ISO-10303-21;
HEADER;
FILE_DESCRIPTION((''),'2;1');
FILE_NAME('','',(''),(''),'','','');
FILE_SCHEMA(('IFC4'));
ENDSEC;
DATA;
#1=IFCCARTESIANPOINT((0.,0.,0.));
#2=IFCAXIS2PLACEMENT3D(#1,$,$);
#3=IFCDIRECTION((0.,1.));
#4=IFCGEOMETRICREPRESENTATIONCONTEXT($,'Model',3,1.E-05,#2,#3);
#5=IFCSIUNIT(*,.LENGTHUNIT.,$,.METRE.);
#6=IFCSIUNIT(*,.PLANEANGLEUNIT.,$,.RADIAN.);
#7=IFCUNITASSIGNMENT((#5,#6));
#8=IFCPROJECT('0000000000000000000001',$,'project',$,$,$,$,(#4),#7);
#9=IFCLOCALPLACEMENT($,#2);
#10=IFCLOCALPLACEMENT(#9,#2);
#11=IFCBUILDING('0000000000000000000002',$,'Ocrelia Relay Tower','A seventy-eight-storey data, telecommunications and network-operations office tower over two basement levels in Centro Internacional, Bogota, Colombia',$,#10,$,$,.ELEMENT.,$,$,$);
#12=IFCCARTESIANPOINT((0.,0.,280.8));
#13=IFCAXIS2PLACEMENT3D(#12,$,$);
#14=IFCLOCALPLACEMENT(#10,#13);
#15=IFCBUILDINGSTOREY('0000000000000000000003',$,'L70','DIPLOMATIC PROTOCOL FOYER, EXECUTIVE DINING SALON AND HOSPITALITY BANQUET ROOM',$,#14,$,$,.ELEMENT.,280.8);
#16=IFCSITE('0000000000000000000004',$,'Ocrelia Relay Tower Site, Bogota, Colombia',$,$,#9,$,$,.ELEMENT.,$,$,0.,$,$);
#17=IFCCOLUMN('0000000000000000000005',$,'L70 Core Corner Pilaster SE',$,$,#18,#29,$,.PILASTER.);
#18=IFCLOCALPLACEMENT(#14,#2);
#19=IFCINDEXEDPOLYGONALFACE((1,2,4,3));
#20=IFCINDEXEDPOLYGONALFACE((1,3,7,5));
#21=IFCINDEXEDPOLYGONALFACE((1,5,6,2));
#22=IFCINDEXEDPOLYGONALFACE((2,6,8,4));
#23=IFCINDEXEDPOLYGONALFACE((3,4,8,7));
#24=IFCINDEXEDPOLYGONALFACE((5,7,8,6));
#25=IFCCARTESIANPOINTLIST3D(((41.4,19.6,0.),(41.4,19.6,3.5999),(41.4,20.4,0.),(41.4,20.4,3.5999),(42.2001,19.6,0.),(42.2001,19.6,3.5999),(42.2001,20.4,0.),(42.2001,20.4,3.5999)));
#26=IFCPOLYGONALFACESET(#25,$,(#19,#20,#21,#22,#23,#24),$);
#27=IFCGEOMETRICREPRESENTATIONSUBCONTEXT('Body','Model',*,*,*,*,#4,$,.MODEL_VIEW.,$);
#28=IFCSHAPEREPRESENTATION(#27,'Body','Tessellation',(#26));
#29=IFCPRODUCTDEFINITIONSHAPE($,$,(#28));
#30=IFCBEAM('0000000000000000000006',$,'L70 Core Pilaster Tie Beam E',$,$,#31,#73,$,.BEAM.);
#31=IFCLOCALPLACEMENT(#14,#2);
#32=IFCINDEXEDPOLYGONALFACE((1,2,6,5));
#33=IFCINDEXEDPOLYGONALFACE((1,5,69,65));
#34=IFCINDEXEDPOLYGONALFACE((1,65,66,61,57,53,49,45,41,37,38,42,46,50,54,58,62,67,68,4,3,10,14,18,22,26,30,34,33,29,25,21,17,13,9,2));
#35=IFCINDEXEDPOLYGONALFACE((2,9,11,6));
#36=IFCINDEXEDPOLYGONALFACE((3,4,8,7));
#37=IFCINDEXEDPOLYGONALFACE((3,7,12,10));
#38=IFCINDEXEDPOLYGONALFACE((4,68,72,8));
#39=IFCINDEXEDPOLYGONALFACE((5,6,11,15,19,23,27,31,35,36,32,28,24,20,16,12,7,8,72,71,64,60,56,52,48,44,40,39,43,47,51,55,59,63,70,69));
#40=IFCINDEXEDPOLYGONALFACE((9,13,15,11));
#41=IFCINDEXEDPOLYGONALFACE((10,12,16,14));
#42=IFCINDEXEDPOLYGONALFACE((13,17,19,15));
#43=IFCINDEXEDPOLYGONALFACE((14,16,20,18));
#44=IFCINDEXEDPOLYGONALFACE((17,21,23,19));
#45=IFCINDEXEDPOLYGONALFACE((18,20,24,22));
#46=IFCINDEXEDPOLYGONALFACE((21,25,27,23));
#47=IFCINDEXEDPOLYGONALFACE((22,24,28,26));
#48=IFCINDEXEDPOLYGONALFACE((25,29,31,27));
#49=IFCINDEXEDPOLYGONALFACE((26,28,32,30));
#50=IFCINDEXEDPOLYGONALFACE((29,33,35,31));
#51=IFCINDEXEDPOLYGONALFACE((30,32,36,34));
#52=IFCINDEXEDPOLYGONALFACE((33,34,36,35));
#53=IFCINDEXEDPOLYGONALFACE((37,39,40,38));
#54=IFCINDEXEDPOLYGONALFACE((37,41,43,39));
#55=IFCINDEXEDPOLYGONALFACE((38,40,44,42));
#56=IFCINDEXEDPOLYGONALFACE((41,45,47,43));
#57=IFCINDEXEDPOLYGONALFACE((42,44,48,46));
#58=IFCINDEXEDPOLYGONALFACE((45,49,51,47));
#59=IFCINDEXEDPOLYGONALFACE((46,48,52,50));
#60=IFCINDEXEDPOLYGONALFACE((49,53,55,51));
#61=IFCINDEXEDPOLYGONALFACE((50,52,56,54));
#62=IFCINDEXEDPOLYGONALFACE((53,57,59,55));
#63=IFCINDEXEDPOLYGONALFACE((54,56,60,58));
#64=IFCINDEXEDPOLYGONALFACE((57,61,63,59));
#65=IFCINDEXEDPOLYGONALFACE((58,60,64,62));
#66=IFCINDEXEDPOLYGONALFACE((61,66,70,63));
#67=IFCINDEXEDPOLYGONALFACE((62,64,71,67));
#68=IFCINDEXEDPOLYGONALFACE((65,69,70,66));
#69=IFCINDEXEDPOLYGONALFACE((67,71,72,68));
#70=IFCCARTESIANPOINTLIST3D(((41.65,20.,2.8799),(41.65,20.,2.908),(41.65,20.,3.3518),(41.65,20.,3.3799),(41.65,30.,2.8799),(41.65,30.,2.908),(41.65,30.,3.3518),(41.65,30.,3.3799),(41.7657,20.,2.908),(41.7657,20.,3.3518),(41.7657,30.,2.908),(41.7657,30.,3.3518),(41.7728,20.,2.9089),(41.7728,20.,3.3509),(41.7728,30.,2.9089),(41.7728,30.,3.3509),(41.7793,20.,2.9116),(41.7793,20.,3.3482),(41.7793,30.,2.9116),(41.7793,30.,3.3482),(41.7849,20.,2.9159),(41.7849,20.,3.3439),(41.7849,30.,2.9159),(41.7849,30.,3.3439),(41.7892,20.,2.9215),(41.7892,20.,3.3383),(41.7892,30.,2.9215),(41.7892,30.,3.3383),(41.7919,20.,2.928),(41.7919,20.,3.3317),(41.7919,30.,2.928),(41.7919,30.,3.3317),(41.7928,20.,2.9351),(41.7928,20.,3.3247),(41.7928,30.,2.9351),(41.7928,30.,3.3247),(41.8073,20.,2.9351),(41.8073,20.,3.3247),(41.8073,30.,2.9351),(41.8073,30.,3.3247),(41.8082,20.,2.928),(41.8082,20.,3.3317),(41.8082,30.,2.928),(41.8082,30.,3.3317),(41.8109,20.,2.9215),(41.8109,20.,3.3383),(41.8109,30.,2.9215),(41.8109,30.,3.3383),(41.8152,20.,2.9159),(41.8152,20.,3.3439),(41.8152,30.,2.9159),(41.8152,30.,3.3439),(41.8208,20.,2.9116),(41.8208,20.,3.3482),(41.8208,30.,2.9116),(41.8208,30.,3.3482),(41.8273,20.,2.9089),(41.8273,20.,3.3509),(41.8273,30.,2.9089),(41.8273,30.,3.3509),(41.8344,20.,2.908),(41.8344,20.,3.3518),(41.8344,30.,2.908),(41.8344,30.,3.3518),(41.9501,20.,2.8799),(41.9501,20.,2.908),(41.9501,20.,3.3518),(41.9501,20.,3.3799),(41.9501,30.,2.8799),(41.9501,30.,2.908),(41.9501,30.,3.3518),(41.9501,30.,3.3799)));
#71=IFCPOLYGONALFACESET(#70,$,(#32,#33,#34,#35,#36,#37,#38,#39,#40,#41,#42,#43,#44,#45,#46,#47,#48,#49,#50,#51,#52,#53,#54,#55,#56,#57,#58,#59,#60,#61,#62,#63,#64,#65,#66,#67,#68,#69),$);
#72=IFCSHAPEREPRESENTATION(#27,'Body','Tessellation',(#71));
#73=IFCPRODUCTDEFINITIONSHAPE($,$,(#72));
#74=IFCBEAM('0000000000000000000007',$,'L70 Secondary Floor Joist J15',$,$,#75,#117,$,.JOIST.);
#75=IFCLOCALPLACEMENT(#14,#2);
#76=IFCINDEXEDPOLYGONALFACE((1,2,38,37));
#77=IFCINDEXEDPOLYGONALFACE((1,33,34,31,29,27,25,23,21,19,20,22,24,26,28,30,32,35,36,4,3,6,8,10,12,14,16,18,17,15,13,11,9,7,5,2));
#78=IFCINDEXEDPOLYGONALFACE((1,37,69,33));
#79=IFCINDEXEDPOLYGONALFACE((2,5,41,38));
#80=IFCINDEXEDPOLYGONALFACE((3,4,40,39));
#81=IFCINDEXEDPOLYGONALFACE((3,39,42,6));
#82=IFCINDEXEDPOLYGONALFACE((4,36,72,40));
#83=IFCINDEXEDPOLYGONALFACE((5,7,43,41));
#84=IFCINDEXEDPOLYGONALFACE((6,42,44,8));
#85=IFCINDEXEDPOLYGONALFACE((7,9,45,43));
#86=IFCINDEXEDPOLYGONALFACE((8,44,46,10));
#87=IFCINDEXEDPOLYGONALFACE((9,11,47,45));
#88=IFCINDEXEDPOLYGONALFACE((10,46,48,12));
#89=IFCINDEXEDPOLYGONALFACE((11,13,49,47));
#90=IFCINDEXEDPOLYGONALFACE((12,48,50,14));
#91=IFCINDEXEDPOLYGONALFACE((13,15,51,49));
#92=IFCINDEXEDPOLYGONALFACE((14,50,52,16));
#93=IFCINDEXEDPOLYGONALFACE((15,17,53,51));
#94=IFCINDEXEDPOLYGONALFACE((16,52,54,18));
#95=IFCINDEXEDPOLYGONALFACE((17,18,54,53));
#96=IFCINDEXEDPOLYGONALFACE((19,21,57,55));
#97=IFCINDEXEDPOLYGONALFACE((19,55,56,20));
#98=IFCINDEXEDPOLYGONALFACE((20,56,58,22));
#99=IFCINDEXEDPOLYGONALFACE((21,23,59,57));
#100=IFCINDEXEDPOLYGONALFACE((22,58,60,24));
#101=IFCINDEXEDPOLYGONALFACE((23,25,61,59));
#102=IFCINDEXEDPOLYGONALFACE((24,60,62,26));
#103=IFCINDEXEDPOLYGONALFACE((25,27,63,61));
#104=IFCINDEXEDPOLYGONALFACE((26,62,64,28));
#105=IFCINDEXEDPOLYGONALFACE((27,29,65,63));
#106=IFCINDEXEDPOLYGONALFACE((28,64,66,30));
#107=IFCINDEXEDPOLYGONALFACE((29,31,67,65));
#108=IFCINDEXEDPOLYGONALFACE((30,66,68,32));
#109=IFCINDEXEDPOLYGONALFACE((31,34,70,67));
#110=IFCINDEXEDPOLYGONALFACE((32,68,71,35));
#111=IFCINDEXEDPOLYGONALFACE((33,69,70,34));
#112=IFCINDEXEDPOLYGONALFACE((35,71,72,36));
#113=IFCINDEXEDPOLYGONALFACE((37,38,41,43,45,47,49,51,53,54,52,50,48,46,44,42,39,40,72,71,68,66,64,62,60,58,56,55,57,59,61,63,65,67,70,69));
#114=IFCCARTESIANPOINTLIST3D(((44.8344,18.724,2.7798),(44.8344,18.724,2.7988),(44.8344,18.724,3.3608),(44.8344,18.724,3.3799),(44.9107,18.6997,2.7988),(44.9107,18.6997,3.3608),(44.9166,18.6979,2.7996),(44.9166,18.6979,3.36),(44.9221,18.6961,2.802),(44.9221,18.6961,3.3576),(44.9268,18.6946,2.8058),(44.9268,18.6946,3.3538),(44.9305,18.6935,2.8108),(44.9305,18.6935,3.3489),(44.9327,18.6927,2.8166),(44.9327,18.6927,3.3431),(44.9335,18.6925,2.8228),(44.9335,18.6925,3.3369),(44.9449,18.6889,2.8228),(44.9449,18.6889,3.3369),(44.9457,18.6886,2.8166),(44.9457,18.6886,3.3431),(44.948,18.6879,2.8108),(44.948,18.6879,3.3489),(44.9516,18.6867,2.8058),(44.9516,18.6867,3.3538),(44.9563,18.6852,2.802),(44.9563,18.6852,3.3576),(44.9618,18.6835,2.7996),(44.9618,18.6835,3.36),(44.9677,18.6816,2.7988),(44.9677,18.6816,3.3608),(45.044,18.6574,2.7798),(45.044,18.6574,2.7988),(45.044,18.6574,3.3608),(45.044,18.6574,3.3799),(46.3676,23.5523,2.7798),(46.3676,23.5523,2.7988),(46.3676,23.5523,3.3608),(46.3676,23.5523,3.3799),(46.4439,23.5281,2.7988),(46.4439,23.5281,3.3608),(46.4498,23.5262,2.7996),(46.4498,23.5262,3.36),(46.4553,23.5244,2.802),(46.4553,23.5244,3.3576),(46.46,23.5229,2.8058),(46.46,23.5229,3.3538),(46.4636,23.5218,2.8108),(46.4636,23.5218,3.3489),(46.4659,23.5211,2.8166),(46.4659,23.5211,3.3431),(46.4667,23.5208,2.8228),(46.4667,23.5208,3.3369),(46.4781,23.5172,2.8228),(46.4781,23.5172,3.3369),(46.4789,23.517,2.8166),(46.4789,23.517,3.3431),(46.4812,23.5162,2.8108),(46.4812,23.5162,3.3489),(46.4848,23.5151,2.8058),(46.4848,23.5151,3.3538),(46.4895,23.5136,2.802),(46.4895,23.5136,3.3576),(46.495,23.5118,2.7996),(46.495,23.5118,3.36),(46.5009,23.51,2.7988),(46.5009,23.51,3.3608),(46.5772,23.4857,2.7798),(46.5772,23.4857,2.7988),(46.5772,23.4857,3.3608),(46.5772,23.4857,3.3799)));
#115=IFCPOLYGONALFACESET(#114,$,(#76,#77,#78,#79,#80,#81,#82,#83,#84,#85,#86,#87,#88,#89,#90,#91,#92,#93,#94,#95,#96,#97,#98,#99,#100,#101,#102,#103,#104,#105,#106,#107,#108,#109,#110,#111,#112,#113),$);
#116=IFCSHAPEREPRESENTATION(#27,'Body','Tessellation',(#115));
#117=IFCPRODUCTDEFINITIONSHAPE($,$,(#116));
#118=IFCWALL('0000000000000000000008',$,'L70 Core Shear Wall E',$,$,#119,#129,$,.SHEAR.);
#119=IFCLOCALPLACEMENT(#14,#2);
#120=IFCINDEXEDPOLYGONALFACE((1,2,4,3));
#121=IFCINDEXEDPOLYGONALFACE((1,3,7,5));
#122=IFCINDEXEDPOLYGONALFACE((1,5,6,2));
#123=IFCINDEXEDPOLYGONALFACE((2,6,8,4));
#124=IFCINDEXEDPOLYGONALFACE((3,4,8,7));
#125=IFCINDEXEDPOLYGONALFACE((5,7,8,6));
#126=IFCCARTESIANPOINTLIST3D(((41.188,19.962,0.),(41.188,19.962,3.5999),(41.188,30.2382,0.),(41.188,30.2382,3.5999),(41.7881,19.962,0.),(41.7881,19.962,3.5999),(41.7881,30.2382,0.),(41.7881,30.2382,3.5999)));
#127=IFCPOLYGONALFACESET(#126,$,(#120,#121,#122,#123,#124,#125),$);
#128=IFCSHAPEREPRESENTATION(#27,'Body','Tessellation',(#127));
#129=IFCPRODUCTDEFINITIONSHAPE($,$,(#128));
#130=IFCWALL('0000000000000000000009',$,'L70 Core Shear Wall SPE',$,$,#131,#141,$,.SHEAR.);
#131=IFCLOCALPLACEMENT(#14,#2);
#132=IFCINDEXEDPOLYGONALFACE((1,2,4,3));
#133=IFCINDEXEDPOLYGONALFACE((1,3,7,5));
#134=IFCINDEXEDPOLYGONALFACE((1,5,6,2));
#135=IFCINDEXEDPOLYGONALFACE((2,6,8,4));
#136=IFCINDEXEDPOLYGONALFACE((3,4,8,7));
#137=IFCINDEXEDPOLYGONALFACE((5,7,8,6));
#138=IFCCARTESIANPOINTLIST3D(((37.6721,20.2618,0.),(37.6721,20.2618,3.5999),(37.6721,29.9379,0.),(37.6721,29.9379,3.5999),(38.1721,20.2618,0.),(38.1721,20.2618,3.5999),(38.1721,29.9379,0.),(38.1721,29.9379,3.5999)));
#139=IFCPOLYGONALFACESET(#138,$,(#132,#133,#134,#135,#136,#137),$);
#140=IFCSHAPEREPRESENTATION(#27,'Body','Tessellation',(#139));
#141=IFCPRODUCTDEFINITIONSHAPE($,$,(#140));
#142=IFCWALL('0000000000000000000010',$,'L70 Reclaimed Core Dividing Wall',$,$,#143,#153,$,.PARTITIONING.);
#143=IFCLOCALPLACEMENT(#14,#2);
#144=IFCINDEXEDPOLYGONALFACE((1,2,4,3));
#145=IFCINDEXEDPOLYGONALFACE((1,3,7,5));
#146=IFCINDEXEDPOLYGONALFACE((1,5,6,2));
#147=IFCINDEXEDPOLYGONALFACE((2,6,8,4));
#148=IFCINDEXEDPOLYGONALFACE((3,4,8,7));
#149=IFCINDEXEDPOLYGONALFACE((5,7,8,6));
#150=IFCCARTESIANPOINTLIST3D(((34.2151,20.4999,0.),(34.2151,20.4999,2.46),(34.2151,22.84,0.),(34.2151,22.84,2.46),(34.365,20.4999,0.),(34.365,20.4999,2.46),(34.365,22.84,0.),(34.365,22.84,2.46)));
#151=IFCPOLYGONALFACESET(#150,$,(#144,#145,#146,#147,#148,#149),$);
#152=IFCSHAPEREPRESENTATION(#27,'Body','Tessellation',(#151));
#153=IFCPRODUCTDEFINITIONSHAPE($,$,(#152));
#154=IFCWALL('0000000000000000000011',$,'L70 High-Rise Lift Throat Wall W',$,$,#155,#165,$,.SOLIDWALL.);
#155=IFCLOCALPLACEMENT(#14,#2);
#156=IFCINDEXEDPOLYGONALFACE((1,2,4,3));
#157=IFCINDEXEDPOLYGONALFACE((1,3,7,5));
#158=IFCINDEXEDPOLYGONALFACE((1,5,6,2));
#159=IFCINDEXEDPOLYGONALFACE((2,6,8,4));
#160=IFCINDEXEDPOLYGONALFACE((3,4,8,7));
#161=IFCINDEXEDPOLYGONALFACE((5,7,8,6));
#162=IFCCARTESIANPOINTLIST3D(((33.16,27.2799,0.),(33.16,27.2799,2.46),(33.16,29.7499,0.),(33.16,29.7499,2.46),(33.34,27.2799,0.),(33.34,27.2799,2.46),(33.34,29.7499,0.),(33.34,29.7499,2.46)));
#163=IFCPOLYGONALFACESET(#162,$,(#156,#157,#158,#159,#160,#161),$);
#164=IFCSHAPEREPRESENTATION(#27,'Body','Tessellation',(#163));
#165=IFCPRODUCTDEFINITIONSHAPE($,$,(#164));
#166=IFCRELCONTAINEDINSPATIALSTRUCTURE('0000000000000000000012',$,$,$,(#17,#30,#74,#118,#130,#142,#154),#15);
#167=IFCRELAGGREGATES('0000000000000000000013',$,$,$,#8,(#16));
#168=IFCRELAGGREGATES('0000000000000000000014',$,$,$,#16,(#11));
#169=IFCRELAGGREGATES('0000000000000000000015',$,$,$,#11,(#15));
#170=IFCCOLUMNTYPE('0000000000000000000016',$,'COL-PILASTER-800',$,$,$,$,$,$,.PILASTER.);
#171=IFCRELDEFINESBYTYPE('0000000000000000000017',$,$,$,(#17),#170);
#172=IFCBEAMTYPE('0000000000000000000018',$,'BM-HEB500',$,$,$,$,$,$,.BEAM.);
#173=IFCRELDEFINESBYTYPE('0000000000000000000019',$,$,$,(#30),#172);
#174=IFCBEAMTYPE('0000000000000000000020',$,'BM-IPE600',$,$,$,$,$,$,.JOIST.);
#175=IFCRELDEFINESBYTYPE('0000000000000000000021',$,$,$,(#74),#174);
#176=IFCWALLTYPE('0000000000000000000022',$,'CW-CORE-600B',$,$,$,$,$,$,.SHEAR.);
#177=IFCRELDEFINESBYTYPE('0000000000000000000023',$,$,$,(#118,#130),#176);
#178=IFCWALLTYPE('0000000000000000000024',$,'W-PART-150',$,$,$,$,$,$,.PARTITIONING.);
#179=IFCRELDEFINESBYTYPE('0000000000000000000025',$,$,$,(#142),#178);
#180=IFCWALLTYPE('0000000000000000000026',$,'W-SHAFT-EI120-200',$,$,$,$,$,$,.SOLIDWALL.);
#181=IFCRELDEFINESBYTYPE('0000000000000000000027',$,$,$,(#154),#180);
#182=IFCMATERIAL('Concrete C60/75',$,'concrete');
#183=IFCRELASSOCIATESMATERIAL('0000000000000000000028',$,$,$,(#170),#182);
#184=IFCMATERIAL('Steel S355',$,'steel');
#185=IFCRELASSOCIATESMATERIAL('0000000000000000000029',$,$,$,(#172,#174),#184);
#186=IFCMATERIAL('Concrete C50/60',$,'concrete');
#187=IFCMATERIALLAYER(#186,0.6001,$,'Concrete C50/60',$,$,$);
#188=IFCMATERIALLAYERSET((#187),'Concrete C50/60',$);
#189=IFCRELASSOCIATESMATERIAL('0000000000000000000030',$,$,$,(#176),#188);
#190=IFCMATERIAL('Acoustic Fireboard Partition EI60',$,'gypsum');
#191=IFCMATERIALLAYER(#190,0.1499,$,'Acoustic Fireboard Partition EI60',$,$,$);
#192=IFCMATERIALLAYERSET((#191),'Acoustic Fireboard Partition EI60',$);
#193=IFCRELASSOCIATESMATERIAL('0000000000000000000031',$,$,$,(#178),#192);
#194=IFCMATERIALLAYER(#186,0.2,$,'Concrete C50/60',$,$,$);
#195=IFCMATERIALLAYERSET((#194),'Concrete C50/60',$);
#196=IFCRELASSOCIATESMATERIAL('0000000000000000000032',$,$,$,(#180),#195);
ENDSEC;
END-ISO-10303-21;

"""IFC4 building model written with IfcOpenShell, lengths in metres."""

from ifc_helpers import new_model, si_unit, direction, frame, frame_2d, origin, origin_2d, place, context, subcontext, project, spatial, rectangle, i_section, extrude, material, layer, layer_set, material_profile, profile_set, type_object, element, save


model = new_model("IFC4")

# Units and contexts
model_context = context("Model", 3, precision=1e-05, world=origin(), true_north=direction((0.0, 1.0)))
body_context = subcontext(model_context, "Body", "Model", "MODEL_VIEW")
ifc_project = project(units=[si_unit("LENGTHUNIT", "METRE"), si_unit("PLANEANGLEUNIT", "RADIAN")], contexts=[model_context])

# Site, building, storey
site_placement = place(None, origin())
site = spatial("IfcSite", under=ifc_project, at=site_placement, Name="Ocrelia Relay Tower Site, Bogota, Colombia", CompositionType="ELEMENT", RefElevation=0.0)
building_placement = place(site_placement, origin())
building = spatial("IfcBuilding", under=site, at=building_placement, Name="Ocrelia Relay Tower", Description="A seventy-eight-storey data, telecommunications and network-operations office tower over two basement levels in Centro Internacional, Bogota, Colombia", CompositionType="ELEMENT")
storey_placement = place(building_placement, frame((0.0, 0.0, 280.8)))
storey = spatial("IfcBuildingStorey", under=building, at=storey_placement, Name="L70", Description="DIPLOMATIC PROTOCOL FOYER, EXECUTIVE DINING SALON AND HOSPITALITY BANQUET ROOM", CompositionType="ELEMENT", Elevation=280.8)

# Column
ifc_material_1 = material(Name="Concrete C60/75", Category="concrete")
ifc_material_profile_1 = material_profile(ifc_material_1, rectangle(XDim=0.8, YDim=0.8, at=origin_2d()), Name="RC-COL-800x800")
ifc_profile_set_1 = profile_set([ifc_material_profile_1], Name="Concrete C60/75")
column_type = type_object("IfcColumnType", Name="COL-PILASTER-800", PredefinedType="PILASTER", material=ifc_profile_set_1)
column_placement = place(storey_placement, frame((41.8, 20.0, 0.0), z_axis=(0.0, 0.0, 1.0), x_axis=(1.0, 0.0, 0.0)))
element("IfcColumn", 1, at=column_placement, inside=storey, type_object=column_type, Name="L70 Core Corner Pilaster SE", PredefinedType="PILASTER", context=body_context, shape_type="SweptSolid", body=[
    extrude(rectangle(XDim=0.8, YDim=0.8, at=origin_2d()), origin(), (0.0, 0.0, 1.0), 3.5999),
])

# Beams
ifc_material_2 = material(Name="Steel S355", Category="steel")
ifc_material_profile_2 = material_profile(ifc_material_2, i_section(OverallWidth=0.3, OverallDepth=0.5, WebThickness=0.0144, FlangeThickness=0.0281, FilletRadius=0.0271, at=origin_2d()), Name="HEB 500")
ifc_profile_set_2 = profile_set([ifc_material_profile_2], Name="Steel S355")
beam_type_1 = type_object("IfcBeamType", Name="BM-HEB500", PredefinedType="BEAM", material=ifc_profile_set_2)
beam_1_placement = place(storey_placement, frame((41.8, 20.0, 3.1299), z_axis=(0.0, 1.0, 0.0), x_axis=(-1.0, 0.0, 0.0)))
element("IfcBeam", 2, at=beam_1_placement, inside=storey, type_object=beam_type_1, Name="L70 Core Pilaster Tie Beam E", PredefinedType="BEAM", context=body_context, shape_type="SweptSolid", body=[
    extrude(i_section(OverallWidth=0.3, OverallDepth=0.5, WebThickness=0.0144, FlangeThickness=0.0281, FilletRadius=0.0271, at=origin_2d()), origin(), (0.0, 0.0, 1.0), 10.0),
])
ifc_material_profile_3 = material_profile(ifc_material_2, i_section(OverallWidth=0.22, OverallDepth=0.6001, WebThickness=0.012, FlangeThickness=0.019, FilletRadius=0.0239, at=origin_2d()), Name="IPE 600")
ifc_profile_set_3 = profile_set([ifc_material_profile_3], Name="Steel S355")
beam_type_2 = type_object("IfcBeamType", Name="BM-IPE600", PredefinedType="JOIST", material=ifc_profile_set_3)
beam_2_placement = place(storey_placement, frame((44.9392, 18.6907, 3.0798), z_axis=(0.302649, 0.953102, 0.0), x_axis=(-0.953102, 0.302649, 0.0)))
element("IfcBeam", 3, at=beam_2_placement, inside=storey, type_object=beam_type_2, Name="L70 Secondary Floor Joist J15", PredefinedType="JOIST", context=body_context, shape_type="SweptSolid", body=[
    extrude(i_section(OverallWidth=0.22, OverallDepth=0.6001, WebThickness=0.012, FlangeThickness=0.019, FilletRadius=0.0239, at=origin_2d()), origin(), (0.0, 0.0, 1.0), 5.0659),
])

# Walls
ifc_material_3 = material(Name="Concrete C50/60", Category="concrete")
ifc_layer_1 = layer(ifc_material_3, 0.6001, Name="Concrete C50/60")
ifc_layer_set_1 = layer_set([ifc_layer_1], Name="Concrete C50/60")
wall_type_1 = type_object("IfcWallType", Name="CW-CORE-600B", PredefinedType="SHEAR", material=ifc_layer_set_1)
wall_1_placement = place(storey_placement, frame((41.488, 19.9619, 0.0), z_axis=(0.0, 0.0, 1.0), x_axis=(0.0, 1.0, 0.0)))
element("IfcWall", 4, at=wall_1_placement, inside=storey, type_object=wall_type_1, Name="L70 Core Shear Wall E", PredefinedType="SHEAR", context=body_context, shape_type="SweptSolid", body=[
    extrude(rectangle(XDim=10.2761, YDim=0.6001, at=frame_2d((5.1382, 0.0))), origin(), (0.0, 0.0, 1.0), 3.5999),
])
wall_2_placement = place(storey_placement, frame((37.9221, 20.262, 0.0), z_axis=(0.0, 0.0, 1.0), x_axis=(0.0, 1.0, 0.0)))
element("IfcWall", 5, at=wall_2_placement, inside=storey, type_object=wall_type_1, Name="L70 Core Shear Wall SPE", PredefinedType="SHEAR", context=body_context, shape_type="SweptSolid", body=[
    extrude(rectangle(XDim=9.676, YDim=0.5, at=frame_2d((4.8379, 0.0))), origin(), (0.0, 0.0, 1.0), 3.5999),
])
ifc_material_4 = material(Name="Acoustic Fireboard Partition EI60", Category="gypsum")
ifc_layer_2 = layer(ifc_material_4, 0.1499, Name="Acoustic Fireboard Partition EI60")
ifc_layer_set_2 = layer_set([ifc_layer_2], Name="Acoustic Fireboard Partition EI60")
wall_type_2 = type_object("IfcWallType", Name="W-PART-150", PredefinedType="PARTITIONING", material=ifc_layer_set_2)
wall_3_placement = place(storey_placement, frame((34.29, 20.5, 0.0), z_axis=(0.0, 0.0, 1.0), x_axis=(0.0, 1.0, 0.0)))
element("IfcWall", 6, at=wall_3_placement, inside=storey, type_object=wall_type_2, Name="L70 Reclaimed Core Dividing Wall", PredefinedType="PARTITIONING", context=body_context, shape_type="SweptSolid", body=[
    extrude(rectangle(XDim=2.3401, YDim=0.1499, at=frame_2d((1.1699, 0.0))), origin(), (0.0, 0.0, 1.0), 2.46),
])
ifc_layer_3 = layer(ifc_material_3, 0.2, Name="Concrete C50/60")
ifc_layer_set_3 = layer_set([ifc_layer_3], Name="Concrete C50/60")
wall_type_3 = type_object("IfcWallType", Name="W-SHAFT-EI120-200", PredefinedType="SOLIDWALL", material=ifc_layer_set_3)
wall_4_placement = place(storey_placement, frame((33.25, 27.28, 0.0), z_axis=(0.0, 0.0, 1.0), x_axis=(0.0, 1.0, 0.0)))
element("IfcWall", 7, at=wall_4_placement, inside=storey, type_object=wall_type_3, Name="L70 High-Rise Lift Throat Wall W", PredefinedType="SOLIDWALL", context=body_context, shape_type="SweptSolid", body=[
    extrude(rectangle(XDim=2.47, YDim=0.1799, at=frame_2d((1.2349, 0.0))), origin(), (0.0, 0.0, 1.0), 2.46),
])

save(model, "model.ifc")
